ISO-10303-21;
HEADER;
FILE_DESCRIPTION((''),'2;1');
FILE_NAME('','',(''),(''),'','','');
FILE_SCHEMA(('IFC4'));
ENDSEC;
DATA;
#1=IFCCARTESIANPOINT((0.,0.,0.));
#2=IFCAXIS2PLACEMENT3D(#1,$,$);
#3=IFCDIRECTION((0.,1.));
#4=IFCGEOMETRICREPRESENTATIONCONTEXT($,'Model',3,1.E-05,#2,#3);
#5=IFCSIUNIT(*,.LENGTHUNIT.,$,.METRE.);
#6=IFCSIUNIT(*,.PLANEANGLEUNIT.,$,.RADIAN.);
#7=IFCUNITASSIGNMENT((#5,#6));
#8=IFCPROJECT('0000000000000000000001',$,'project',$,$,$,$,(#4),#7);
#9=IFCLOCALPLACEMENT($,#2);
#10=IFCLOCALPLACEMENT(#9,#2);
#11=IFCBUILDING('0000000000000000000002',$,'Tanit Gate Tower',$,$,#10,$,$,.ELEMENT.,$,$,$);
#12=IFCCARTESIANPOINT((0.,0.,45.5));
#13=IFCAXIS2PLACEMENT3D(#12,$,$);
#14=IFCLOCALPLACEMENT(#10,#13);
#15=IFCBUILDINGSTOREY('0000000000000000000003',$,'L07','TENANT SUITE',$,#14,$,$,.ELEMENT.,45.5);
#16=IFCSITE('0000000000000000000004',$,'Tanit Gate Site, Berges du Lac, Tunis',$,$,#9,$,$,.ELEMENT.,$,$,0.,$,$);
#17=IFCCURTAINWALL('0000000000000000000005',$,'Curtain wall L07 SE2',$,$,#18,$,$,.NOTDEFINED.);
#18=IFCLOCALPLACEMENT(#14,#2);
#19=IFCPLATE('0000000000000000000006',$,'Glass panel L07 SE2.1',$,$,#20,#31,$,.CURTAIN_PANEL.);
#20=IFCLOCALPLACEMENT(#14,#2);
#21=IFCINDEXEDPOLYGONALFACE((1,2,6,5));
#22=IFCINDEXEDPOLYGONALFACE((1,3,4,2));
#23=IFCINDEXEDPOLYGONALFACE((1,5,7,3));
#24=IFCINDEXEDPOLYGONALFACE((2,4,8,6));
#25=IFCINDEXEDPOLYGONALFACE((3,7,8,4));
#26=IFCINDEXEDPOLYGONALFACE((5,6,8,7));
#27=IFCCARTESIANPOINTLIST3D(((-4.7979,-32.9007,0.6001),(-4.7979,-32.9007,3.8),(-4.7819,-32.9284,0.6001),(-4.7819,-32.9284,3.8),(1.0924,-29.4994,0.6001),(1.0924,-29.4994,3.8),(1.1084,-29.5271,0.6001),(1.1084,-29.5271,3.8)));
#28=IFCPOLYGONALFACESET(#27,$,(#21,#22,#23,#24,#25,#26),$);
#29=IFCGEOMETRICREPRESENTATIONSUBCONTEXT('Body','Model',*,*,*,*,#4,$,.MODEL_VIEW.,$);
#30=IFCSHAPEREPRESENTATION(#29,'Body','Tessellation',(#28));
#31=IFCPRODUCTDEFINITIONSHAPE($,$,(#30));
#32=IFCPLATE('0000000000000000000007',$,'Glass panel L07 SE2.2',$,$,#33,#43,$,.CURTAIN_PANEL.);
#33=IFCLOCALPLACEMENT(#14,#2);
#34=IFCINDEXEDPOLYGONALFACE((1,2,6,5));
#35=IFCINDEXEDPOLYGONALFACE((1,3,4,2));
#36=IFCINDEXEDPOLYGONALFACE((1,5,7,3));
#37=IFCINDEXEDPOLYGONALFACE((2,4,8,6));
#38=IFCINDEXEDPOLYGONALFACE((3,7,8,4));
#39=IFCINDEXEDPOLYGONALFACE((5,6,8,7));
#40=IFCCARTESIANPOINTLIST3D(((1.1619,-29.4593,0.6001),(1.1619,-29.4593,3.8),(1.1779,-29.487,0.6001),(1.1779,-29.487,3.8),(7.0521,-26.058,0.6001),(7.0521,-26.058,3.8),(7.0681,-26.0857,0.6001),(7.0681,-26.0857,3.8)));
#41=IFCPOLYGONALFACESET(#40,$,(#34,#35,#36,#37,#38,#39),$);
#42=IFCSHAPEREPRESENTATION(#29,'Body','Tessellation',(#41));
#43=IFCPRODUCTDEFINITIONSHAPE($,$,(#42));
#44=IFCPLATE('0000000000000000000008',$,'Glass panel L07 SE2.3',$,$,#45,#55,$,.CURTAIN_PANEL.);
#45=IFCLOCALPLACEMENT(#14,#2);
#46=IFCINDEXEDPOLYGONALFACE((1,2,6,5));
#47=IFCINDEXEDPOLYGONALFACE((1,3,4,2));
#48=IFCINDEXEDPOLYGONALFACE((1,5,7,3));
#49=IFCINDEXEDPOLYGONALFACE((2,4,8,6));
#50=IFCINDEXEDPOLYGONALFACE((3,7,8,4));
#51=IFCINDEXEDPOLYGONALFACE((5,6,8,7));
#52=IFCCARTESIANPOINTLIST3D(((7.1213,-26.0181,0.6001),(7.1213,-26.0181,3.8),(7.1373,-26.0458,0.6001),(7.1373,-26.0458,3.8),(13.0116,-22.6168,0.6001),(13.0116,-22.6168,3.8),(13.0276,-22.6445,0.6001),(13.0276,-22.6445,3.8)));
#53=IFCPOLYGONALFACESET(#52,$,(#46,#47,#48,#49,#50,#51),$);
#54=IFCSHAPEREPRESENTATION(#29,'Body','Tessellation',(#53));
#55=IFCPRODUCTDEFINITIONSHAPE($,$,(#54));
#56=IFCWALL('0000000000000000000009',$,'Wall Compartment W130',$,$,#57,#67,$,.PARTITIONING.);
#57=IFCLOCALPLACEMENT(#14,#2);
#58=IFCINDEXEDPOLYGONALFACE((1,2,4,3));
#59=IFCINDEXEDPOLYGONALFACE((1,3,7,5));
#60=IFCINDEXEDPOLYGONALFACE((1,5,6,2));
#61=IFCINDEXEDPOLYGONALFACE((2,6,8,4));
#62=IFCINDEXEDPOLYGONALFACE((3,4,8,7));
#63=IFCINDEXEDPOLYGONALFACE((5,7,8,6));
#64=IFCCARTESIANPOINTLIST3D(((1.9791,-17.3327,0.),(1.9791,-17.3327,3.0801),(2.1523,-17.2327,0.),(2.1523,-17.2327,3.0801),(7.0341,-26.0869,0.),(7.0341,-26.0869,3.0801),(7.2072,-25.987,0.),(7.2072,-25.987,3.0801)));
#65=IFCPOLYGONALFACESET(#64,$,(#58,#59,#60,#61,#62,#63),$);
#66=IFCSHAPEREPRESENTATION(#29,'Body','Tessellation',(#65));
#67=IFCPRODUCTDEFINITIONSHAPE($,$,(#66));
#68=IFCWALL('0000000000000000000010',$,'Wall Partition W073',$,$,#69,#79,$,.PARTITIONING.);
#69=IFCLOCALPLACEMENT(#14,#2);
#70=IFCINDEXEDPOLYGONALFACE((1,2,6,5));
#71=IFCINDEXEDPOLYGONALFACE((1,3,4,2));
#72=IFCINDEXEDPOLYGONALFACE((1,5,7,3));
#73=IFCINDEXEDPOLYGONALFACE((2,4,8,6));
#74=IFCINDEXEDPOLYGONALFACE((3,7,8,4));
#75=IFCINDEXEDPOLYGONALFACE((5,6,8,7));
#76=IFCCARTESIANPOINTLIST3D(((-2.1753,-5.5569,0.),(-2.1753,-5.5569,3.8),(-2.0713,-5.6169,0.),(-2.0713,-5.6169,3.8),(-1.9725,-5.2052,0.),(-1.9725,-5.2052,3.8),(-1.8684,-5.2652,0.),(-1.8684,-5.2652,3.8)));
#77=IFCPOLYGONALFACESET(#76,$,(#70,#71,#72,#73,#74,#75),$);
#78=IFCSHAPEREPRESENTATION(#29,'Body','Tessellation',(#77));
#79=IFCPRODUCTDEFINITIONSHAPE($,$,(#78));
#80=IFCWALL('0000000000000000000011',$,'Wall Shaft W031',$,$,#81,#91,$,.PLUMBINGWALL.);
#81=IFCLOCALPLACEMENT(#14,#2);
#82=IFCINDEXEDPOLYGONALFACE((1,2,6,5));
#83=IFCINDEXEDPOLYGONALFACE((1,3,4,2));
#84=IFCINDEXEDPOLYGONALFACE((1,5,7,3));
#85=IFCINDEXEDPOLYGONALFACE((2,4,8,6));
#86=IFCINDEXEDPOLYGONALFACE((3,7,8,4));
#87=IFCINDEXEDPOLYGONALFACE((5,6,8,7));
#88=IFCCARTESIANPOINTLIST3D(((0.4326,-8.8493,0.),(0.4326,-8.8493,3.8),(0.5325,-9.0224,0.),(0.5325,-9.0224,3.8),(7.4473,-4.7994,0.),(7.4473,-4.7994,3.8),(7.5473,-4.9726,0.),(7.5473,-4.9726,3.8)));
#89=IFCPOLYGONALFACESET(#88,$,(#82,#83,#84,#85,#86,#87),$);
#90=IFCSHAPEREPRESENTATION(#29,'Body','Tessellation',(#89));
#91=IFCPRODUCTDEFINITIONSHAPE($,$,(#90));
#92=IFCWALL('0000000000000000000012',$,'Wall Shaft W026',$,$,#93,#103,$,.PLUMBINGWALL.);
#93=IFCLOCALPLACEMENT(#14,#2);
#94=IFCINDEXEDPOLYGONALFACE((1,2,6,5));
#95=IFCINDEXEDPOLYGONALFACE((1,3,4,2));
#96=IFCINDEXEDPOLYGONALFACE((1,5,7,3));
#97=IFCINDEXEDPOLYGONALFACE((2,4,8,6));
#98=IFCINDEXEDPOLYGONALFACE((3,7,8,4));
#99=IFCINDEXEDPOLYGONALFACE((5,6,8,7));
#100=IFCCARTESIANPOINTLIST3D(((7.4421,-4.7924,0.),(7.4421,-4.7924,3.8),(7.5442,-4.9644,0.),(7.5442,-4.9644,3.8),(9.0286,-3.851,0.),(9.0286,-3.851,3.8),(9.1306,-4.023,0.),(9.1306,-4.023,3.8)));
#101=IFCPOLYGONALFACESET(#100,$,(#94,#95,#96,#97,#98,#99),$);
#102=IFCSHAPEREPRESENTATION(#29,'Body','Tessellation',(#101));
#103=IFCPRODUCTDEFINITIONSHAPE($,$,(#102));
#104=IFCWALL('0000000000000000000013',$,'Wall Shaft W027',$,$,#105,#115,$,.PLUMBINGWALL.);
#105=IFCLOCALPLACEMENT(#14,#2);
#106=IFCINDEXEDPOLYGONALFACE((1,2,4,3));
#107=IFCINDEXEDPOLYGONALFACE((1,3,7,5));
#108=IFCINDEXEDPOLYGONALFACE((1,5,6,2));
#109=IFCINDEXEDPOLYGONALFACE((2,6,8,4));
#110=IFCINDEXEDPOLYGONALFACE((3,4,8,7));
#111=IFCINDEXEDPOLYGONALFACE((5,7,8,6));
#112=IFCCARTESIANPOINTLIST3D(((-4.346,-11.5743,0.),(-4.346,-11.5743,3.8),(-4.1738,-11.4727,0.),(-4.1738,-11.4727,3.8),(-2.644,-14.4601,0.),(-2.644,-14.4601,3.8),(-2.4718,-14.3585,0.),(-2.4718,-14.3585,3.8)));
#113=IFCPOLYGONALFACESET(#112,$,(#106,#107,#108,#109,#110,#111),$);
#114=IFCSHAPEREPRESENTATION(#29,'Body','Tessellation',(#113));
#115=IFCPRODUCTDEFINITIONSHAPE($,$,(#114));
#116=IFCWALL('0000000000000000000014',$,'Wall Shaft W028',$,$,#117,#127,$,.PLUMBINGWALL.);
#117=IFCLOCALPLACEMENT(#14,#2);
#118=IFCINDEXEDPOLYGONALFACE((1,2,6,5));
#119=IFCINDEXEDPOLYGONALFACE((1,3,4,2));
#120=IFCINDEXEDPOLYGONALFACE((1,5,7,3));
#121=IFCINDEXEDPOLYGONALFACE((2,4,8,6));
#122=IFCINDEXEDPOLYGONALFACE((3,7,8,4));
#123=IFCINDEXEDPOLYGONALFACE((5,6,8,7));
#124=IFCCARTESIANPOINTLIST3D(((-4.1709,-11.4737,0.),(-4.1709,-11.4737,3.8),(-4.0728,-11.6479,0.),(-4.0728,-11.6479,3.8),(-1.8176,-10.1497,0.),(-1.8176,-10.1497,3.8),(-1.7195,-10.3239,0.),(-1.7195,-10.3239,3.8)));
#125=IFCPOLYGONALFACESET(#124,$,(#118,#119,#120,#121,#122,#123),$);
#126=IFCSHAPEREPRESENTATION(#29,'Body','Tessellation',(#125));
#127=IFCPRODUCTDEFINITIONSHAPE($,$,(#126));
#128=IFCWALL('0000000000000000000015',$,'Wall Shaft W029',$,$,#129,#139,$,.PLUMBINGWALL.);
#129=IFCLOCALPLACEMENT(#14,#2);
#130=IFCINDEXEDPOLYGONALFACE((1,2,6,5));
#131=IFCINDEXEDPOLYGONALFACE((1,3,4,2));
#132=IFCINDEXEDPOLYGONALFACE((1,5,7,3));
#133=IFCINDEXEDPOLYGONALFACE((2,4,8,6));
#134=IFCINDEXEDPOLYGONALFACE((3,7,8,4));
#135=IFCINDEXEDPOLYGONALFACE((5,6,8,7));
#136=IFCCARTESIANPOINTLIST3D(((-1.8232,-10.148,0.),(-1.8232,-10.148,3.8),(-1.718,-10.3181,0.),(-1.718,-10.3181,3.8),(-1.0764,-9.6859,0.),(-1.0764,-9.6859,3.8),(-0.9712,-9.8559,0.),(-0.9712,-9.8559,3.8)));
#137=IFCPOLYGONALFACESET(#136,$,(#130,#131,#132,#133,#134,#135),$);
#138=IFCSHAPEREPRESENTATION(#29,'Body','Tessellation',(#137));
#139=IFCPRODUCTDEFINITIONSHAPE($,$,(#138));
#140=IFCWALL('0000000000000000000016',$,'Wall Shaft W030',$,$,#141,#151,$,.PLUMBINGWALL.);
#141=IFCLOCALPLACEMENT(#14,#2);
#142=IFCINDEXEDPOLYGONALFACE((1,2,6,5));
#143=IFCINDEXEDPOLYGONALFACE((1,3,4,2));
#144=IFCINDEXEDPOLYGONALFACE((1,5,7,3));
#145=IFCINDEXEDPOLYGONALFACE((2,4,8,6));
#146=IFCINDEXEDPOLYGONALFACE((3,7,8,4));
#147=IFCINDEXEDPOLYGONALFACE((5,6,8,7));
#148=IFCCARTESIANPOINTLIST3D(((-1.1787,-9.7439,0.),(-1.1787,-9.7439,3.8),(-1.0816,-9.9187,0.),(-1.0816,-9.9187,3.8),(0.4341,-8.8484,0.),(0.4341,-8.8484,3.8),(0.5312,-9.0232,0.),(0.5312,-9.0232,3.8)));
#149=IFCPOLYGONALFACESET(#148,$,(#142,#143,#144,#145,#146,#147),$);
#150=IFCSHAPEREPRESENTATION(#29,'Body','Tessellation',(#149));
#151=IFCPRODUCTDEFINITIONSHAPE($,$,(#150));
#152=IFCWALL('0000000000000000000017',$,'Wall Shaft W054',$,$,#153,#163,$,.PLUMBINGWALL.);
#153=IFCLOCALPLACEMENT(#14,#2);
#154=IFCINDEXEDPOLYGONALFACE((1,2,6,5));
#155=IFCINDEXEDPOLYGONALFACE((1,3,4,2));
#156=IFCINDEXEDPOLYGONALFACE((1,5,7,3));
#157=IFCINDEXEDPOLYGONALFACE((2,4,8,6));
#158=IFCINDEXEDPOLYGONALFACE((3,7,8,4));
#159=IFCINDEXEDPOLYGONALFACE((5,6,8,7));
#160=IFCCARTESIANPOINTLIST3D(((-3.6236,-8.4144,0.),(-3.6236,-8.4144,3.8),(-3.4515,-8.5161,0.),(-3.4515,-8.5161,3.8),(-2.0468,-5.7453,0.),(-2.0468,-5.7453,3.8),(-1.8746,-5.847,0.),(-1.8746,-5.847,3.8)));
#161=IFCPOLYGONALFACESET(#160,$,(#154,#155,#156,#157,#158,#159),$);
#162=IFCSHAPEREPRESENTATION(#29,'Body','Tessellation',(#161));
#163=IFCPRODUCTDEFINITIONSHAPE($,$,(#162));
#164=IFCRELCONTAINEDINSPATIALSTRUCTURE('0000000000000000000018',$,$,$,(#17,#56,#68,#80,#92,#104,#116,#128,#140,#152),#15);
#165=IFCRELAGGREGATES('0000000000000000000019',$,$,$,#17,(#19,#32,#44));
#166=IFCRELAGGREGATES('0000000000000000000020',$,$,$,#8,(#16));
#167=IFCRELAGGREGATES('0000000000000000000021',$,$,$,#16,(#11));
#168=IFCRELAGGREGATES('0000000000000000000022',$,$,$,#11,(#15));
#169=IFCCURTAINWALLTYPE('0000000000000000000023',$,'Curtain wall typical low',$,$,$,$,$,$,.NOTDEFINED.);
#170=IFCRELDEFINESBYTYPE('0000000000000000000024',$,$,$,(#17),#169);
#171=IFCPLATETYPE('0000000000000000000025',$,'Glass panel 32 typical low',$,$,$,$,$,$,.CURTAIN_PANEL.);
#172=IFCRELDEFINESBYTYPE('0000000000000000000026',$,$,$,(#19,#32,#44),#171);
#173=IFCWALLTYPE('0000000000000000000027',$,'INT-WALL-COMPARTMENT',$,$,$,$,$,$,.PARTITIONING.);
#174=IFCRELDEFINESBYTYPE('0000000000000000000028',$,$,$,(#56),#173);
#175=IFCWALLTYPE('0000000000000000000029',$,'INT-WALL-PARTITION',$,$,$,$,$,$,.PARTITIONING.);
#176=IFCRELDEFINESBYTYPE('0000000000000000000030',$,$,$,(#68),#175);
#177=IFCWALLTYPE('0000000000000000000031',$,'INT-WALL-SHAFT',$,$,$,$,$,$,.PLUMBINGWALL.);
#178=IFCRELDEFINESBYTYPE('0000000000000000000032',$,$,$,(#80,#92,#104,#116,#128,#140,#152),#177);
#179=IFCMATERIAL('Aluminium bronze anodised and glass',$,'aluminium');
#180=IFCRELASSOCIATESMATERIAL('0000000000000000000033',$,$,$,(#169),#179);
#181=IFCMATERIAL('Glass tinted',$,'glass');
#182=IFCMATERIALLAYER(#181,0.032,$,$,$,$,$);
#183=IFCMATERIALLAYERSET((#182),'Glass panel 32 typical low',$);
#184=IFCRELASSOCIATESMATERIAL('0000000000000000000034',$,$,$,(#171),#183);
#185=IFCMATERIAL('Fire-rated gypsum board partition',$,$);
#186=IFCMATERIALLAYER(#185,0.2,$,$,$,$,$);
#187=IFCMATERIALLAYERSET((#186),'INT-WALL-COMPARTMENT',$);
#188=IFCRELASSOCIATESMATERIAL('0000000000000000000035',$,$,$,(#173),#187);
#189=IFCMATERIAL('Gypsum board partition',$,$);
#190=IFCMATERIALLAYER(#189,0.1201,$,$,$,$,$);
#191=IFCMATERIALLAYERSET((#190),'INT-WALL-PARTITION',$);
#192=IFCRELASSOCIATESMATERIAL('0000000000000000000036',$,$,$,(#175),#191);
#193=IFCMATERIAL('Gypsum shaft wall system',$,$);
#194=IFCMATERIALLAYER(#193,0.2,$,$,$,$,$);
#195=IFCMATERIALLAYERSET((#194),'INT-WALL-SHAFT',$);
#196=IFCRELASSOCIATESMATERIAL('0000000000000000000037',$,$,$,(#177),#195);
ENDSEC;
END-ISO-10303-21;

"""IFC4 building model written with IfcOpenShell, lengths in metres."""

from ifc_helpers import new_model, si_unit, direction, frame, frame_2d, origin, origin_2d, place, context, subcontext, project, spatial, rectangle, extrude, material, layer, layer_set, type_object, element, aggregate, save


model = new_model("IFC4")

# Units and contexts
model_context = context("Model", 3, precision=1e-05, world=origin(), true_north=direction((0.0, 1.0)))
body_context = subcontext(model_context, "Body", "Model", "MODEL_VIEW")
ifc_project = project(units=[si_unit("LENGTHUNIT", "METRE"), si_unit("PLANEANGLEUNIT", "RADIAN")], contexts=[model_context])

# Site, building, storey
site_placement = place(None, origin())
site = spatial("IfcSite", under=ifc_project, at=site_placement, Name="Tanit Gate Site, Berges du Lac, Tunis", CompositionType="ELEMENT", RefElevation=0.0)
building_placement = place(site_placement, origin())
building = spatial("IfcBuilding", under=site, at=building_placement, Name="Tanit Gate Tower", CompositionType="ELEMENT")
storey_placement = place(building_placement, frame((0.0, 0.0, 45.5)))
storey = spatial("IfcBuildingStorey", under=building, at=storey_placement, Name="L07", Description="TENANT SUITE", CompositionType="ELEMENT", Elevation=45.5)

# Curtain wall
ifc_material_1 = material(Name="Aluminium bronze anodised and glass", Category="aluminium")
curtain_wall_type = type_object("IfcCurtainWallType", Name="Curtain wall typical low", PredefinedType="NOTDEFINED", material=ifc_material_1)
curtain_wall_placement = place(storey_placement, origin())
curtain_wall = element("IfcCurtainWall", 1, at=curtain_wall_placement, inside=storey, type_object=curtain_wall_type, Name="Curtain wall L07 SE2", PredefinedType="NOTDEFINED")

# Plates
ifc_material_2 = material(Name="Glass tinted", Category="glass")
ifc_layer_1 = layer(ifc_material_2, 0.032)
ifc_layer_set_1 = layer_set([ifc_layer_1], Name="Glass panel 32 typical low")
plate_type = type_object("IfcPlateType", Name="Glass panel 32 typical low", PredefinedType="CURTAIN_PANEL", material=ifc_layer_set_1)
plate_1_placement = place(storey_placement, frame((-1.8447, -31.2139, 0.6001), z_axis=(0.0, 0.0, 1.0), x_axis=(0.865991, 0.50006, 0.0)))
plate_1 = element("IfcPlate", 2, at=plate_1_placement, type_object=plate_type, Name="Glass panel L07 SE2.1", PredefinedType="CURTAIN_PANEL", context=body_context, shape_type="SweptSolid", body=[
    extrude(rectangle(XDim=6.8018, YDim=0.032, at=origin_2d()), origin(), (0.0, 0.0, 1.0), 3.2),
])
plate_2_placement = place(storey_placement, frame((4.115, -27.7725, 0.6001), z_axis=(0.0, 0.0, 1.0), x_axis=(0.865991, 0.50006, 0.0)))
plate_2 = element("IfcPlate", 3, at=plate_2_placement, type_object=plate_type, Name="Glass panel L07 SE2.2", PredefinedType="CURTAIN_PANEL", context=body_context, shape_type="SweptSolid", body=[
    extrude(rectangle(XDim=6.8018, YDim=0.032, at=origin_2d()), origin(), (0.0, 0.0, 1.0), 3.2),
])
plate_3_placement = place(storey_placement, frame((10.0745, -24.3313, 0.6001), z_axis=(0.0, 0.0, 1.0), x_axis=(0.865991, 0.50006, 0.0)))
plate_3 = element("IfcPlate", 4, at=plate_3_placement, type_object=plate_type, Name="Glass panel L07 SE2.3", PredefinedType="CURTAIN_PANEL", context=body_context, shape_type="SweptSolid", body=[
    extrude(rectangle(XDim=6.8018, YDim=0.032, at=origin_2d()), origin(), (0.0, 0.0, 1.0), 3.2),
])
aggregate(curtain_wall, [plate_1, plate_2, plate_3])

# Walls
ifc_material_3 = material(Name="Fire-rated gypsum board partition")
ifc_layer_2 = layer(ifc_material_3, 0.2)
ifc_layer_set_2 = layer_set([ifc_layer_2], Name="INT-WALL-COMPARTMENT")
wall_type_1 = type_object("IfcWallType", Name="INT-WALL-COMPARTMENT", PredefinedType="PARTITIONING", material=ifc_layer_set_2)
wall_1_placement = place(storey_placement, frame((2.0657, -17.2827, 0.0), z_axis=(0.0, 0.0, 1.0), x_axis=(0.500053, -0.865995, 0.0)))
element("IfcWall", 5, at=wall_1_placement, inside=storey, type_object=wall_type_1, Name="Wall Compartment W130", PredefinedType="PARTITIONING", context=body_context, shape_type="SweptSolid", body=[
    extrude(rectangle(XDim=10.1089, YDim=0.2, at=frame_2d((5.0544, 0.0))), origin(), (0.0, 0.0, 1.0), 3.0801),
])
ifc_material_4 = material(Name="Gypsum board partition")
ifc_layer_3 = layer(ifc_material_4, 0.1201)
ifc_layer_set_3 = layer_set([ifc_layer_3], Name="INT-WALL-PARTITION")
wall_type_2 = type_object("IfcWallType", Name="INT-WALL-PARTITION", PredefinedType="PARTITIONING", material=ifc_layer_set_3)
wall_2_placement = place(storey_placement, frame((-1.9204, -5.2351, 0.0), z_axis=(0.0, 0.0, 1.0), x_axis=(-0.499566, -0.866276, 0.0)))
element("IfcWall", 6, at=wall_2_placement, inside=storey, type_object=wall_type_2, Name="Wall Partition W073", PredefinedType="PARTITIONING", context=body_context, shape_type="SweptSolid", body=[
    extrude(rectangle(XDim=0.406, YDim=0.1201, at=frame_2d((0.2031, 0.0))), origin(), (0.0, 0.0, 1.0), 3.8),
])
ifc_material_5 = material(Name="Gypsum shaft wall system")
ifc_layer_4 = layer(ifc_material_5, 0.2)
ifc_layer_set_4 = layer_set([ifc_layer_4], Name="INT-WALL-SHAFT")
wall_type_3 = type_object("IfcWallType", Name="INT-WALL-SHAFT", PredefinedType="PLUMBINGWALL", material=ifc_layer_set_4)
wall_3_placement = place(storey_placement, frame((0.4827, -8.9358, 0.0), z_axis=(0.0, 0.0, 1.0), x_axis=(0.866031, 0.49999, 0.0)))
element("IfcWall", 7, at=wall_3_placement, inside=storey, type_object=wall_type_3, Name="Wall Shaft W031", PredefinedType="PLUMBINGWALL", context=body_context, shape_type="SweptSolid", body=[
    extrude(rectangle(XDim=8.0999, YDim=0.2, at=frame_2d((4.0498, 0.0))), origin(), (0.0, 0.0, 1.0), 3.8),
])
wall_4_placement = place(storey_placement, frame((7.4932, -4.8784, 0.0), z_axis=(0.0, 0.0, 1.0), x_axis=(0.859982, 0.510325, 0.0)))
element("IfcWall", 8, at=wall_4_placement, inside=storey, type_object=wall_type_3, Name="Wall Shaft W026", PredefinedType="PLUMBINGWALL", context=body_context, shape_type="SweptSolid", body=[
    extrude(rectangle(XDim=1.8447, YDim=0.2, at=frame_2d((0.9224, 0.0))), origin(), (0.0, 0.0, 1.0), 3.8),
])
wall_5_placement = place(storey_placement, frame((-2.5579, -14.4094, 0.0), z_axis=(0.0, 0.0, 1.0), x_axis=(-0.507997, 0.861359, 0.0)))
element("IfcWall", 9, at=wall_5_placement, inside=storey, type_object=wall_type_3, Name="Wall Shaft W027", PredefinedType="PLUMBINGWALL", context=body_context, shape_type="SweptSolid", body=[
    extrude(rectangle(XDim=3.3503, YDim=0.2, at=frame_2d((1.6753, 0.0))), origin(), (0.0, 0.0, 1.0), 3.8),
])
wall_6_placement = place(storey_placement, frame((-1.7686, -10.2368, 0.0), z_axis=(0.0, 0.0, 1.0), x_axis=(-0.871534, -0.490334, 0.0)))
element("IfcWall", 10, at=wall_6_placement, inside=storey, type_object=wall_type_3, Name="Wall Shaft W028", PredefinedType="PLUMBINGWALL", context=body_context, shape_type="SweptSolid", body=[
    extrude(rectangle(XDim=2.7002, YDim=0.2, at=frame_2d((1.3501, 0.0))), origin(), (0.0, 0.0, 1.0), 3.8),
])
wall_7_placement = place(storey_placement, frame((-1.0239, -9.771, 0.0), z_axis=(0.0, 0.0, 1.0), x_axis=(-0.850348, -0.526221, 0.0)))
element("IfcWall", 11, at=wall_7_placement, inside=storey, type_object=wall_type_3, Name="Wall Shaft W029", PredefinedType="PLUMBINGWALL", context=body_context, shape_type="SweptSolid", body=[
    extrude(rectangle(XDim=0.8782, YDim=0.2, at=frame_2d((0.439, 0.0))), origin(), (0.0, 0.0, 1.0), 3.8),
])
wall_8_placement = place(storey_placement, frame((-1.1301, -9.8313, 0.0), z_axis=(0.0, 0.0, 1.0), x_axis=(0.87427, 0.485441, 0.0)))
element("IfcWall", 12, at=wall_8_placement, inside=storey, type_object=wall_type_3, Name="Wall Shaft W030", PredefinedType="PLUMBINGWALL", context=body_context, shape_type="SweptSolid", body=[
    extrude(rectangle(XDim=1.8447, YDim=0.2, at=frame_2d((0.9224, 0.0))), origin(), (0.0, 0.0, 1.0), 3.8),
])
wall_9_placement = place(storey_placement, frame((-1.9607, -5.7961, 0.0), z_axis=(0.0, 0.0, 1.0), x_axis=(-0.508647, -0.860975, 0.0)))
element("IfcWall", 13, at=wall_9_placement, inside=storey, type_object=wall_type_3, Name="Wall Shaft W054", PredefinedType="PLUMBINGWALL", context=body_context, shape_type="SweptSolid", body=[
    extrude(rectangle(XDim=3.1001, YDim=0.2, at=frame_2d((1.55, 0.0))), origin(), (0.0, 0.0, 1.0), 3.8),
])

save(model, "model.ifc")
